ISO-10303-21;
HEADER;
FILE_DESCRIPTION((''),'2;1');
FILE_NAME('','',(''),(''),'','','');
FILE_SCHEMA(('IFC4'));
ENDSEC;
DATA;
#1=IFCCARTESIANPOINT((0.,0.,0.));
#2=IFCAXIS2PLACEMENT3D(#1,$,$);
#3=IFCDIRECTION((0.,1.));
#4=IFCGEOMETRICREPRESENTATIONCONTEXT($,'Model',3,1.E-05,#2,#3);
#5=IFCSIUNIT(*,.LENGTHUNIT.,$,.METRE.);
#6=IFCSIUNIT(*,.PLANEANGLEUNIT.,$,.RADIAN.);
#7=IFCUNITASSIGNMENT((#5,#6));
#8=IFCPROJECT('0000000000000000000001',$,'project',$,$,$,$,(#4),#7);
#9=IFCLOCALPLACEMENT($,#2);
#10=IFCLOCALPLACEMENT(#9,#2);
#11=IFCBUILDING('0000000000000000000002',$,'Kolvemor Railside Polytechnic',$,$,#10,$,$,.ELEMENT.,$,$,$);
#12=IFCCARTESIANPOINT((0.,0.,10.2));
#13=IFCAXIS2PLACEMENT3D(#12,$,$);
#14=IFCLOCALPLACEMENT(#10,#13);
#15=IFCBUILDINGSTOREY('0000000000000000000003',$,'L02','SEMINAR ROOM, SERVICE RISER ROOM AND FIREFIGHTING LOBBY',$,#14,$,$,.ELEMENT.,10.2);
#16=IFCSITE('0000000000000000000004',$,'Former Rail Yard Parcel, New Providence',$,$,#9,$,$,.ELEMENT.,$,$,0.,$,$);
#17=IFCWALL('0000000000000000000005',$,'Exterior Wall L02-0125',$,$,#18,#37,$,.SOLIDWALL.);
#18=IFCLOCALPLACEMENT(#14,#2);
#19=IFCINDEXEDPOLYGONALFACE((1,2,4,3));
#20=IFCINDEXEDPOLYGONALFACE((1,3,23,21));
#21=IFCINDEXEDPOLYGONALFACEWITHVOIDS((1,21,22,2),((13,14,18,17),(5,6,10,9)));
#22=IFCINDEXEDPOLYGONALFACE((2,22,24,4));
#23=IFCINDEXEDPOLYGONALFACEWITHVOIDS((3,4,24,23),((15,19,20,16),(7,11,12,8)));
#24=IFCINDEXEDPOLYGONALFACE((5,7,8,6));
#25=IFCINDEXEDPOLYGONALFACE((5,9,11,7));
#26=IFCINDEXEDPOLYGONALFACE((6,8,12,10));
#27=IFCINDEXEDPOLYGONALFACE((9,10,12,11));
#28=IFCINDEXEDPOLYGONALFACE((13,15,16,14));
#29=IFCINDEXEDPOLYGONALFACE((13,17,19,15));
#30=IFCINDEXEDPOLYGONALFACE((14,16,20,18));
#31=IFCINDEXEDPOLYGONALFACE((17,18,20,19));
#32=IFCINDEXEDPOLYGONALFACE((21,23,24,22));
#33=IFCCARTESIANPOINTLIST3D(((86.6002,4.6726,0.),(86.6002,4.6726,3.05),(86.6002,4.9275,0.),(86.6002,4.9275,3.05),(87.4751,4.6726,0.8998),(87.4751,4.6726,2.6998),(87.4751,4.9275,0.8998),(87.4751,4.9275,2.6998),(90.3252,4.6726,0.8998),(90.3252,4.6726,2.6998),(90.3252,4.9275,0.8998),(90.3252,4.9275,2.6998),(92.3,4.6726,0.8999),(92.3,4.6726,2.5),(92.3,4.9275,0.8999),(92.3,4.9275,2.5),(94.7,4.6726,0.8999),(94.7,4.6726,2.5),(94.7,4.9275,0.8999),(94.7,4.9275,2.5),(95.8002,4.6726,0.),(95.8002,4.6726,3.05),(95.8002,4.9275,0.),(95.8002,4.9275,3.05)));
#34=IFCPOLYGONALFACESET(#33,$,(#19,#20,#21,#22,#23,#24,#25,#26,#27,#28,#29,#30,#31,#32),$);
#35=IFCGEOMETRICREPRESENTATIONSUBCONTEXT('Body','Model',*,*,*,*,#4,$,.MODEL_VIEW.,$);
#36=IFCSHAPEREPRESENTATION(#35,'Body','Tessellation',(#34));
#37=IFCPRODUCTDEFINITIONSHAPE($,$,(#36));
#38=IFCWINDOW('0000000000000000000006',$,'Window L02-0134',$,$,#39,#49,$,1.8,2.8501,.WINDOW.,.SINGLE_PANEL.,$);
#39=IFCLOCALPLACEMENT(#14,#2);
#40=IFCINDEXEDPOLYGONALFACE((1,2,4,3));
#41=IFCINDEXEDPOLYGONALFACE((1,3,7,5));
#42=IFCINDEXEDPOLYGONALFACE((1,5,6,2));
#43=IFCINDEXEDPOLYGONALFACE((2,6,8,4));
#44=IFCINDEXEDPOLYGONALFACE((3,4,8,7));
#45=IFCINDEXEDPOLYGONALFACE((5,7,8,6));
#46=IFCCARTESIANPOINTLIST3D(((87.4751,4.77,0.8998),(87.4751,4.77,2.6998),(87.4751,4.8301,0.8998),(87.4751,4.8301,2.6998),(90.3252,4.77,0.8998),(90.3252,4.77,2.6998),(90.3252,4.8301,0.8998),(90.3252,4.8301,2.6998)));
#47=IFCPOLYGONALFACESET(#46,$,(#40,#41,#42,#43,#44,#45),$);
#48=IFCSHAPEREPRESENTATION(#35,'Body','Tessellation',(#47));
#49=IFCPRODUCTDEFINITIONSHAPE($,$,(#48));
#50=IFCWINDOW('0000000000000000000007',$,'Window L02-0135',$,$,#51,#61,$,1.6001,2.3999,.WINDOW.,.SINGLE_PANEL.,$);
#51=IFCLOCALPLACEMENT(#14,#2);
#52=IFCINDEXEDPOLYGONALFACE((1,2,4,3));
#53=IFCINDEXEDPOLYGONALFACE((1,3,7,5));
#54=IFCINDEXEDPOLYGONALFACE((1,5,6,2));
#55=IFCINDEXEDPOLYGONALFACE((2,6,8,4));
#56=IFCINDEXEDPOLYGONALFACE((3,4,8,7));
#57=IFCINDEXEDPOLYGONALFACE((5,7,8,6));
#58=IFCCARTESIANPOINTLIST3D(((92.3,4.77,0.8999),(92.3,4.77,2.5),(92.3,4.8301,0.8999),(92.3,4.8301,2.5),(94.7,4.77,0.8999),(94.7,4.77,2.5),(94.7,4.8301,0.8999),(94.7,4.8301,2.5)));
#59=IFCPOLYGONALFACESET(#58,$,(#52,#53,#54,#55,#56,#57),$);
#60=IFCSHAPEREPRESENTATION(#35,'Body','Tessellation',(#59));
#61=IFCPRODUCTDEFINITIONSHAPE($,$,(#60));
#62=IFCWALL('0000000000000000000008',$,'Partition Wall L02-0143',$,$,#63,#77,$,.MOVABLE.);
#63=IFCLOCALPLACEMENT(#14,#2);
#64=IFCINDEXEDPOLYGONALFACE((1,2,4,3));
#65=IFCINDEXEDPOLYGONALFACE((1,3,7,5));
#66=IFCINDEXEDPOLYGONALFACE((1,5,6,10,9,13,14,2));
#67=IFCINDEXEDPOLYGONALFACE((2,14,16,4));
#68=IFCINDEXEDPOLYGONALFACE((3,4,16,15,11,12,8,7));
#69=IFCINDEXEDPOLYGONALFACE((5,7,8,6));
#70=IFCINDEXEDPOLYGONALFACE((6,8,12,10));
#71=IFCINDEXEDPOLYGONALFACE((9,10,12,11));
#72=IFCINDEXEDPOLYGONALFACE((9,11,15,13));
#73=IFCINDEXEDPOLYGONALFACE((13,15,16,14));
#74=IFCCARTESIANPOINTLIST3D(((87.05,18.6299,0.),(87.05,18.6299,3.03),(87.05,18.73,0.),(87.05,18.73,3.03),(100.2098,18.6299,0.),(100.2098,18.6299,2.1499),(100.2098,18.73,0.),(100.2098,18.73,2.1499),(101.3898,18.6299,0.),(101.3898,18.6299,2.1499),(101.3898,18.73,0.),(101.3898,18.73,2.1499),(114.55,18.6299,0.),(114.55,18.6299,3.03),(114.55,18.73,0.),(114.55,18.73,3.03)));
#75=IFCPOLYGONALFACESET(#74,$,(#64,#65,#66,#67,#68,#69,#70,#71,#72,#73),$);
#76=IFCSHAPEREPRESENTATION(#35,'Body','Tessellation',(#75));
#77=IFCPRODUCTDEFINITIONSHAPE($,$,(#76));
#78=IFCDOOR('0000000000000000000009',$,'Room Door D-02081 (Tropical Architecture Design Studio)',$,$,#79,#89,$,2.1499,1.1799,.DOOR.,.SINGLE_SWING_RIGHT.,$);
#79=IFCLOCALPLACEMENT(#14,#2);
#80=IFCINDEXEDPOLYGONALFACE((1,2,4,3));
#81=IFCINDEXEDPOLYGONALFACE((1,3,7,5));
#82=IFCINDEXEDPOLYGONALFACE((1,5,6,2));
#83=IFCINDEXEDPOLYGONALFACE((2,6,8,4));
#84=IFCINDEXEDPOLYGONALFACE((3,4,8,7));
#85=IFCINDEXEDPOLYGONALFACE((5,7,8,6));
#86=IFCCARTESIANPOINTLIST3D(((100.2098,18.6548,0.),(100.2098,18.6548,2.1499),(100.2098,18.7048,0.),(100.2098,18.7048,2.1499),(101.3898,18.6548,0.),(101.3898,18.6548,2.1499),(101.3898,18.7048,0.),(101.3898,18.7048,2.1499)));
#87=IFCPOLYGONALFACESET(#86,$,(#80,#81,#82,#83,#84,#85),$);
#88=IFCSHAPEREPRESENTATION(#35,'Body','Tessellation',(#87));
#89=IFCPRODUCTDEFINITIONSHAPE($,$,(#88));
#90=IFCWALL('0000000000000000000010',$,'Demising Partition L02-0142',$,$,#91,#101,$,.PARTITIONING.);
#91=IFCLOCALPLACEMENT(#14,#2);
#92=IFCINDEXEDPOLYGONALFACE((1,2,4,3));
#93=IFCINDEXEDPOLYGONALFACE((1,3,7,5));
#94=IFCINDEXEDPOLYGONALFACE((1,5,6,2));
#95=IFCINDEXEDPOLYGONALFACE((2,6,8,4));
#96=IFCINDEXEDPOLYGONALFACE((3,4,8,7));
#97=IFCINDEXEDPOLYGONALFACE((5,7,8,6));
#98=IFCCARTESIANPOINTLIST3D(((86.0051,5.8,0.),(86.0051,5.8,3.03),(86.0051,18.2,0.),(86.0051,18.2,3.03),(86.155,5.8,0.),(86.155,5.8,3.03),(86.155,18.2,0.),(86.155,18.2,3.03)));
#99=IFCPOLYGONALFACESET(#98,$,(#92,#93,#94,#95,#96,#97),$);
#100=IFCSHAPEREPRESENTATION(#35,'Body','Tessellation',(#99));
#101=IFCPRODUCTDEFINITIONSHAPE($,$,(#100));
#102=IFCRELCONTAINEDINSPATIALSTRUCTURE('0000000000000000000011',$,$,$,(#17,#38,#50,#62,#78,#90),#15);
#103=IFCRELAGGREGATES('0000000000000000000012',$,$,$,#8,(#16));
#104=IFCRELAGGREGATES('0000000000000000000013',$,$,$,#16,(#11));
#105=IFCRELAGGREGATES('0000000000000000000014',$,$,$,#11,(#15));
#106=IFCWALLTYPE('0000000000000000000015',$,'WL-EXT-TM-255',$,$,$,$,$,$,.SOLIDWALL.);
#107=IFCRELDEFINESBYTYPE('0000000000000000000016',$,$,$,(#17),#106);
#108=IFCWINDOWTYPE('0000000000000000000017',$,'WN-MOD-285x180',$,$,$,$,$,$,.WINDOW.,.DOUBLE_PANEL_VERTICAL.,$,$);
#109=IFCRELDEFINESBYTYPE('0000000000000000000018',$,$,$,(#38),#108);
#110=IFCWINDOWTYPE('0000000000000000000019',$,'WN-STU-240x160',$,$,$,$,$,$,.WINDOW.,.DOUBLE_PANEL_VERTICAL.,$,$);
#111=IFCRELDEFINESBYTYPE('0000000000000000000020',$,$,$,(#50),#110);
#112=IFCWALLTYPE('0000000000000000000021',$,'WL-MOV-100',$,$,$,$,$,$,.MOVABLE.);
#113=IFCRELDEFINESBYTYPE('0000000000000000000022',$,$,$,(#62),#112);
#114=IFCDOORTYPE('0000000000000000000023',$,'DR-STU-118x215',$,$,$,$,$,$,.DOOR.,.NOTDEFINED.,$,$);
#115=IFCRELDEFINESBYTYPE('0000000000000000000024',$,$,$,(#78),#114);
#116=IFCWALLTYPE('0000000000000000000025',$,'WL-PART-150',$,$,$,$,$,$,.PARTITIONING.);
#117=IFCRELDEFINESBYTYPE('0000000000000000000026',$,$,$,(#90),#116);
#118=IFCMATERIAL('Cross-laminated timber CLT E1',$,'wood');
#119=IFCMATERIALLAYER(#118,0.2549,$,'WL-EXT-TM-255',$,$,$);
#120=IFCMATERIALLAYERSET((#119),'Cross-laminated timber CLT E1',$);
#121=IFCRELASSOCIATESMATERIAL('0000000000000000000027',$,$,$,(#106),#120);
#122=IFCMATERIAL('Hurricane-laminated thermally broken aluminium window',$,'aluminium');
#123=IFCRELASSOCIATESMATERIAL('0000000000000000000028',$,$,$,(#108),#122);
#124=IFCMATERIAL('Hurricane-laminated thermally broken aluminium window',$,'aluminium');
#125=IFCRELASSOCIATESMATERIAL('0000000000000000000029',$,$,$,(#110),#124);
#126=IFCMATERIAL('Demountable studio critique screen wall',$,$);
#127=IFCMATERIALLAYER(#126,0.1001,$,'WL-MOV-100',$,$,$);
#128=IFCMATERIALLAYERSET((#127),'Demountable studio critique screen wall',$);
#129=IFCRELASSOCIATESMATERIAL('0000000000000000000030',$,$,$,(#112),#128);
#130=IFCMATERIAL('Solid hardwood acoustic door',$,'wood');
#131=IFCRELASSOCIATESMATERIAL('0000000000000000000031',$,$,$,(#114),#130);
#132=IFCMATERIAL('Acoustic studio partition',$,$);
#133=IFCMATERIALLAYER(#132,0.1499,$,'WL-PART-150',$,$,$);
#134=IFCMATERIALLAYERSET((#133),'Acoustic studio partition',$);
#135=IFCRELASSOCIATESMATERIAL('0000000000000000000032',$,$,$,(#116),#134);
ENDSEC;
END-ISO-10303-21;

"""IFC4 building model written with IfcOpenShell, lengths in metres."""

from ifc_helpers import new_model, si_unit, direction, frame, frame_2d, origin, place, context, subcontext, project, spatial, rectangle, extrude, material, layer, layer_set, type_object, element, fill, save


model = new_model("IFC4")

# Units and contexts
model_context = context("Model", 3, precision=1e-05, world=origin(), true_north=direction((0.0, 1.0)))
body_context = subcontext(model_context, "Body", "Model", "MODEL_VIEW")
ifc_project = project(units=[si_unit("LENGTHUNIT", "METRE"), si_unit("PLANEANGLEUNIT", "RADIAN")], contexts=[model_context])

# Site, building, storey
site_placement = place(None, origin())
site = spatial("IfcSite", under=ifc_project, at=site_placement, Name="Former Rail Yard Parcel, New Providence", CompositionType="ELEMENT", RefElevation=0.0)
building_placement = place(site_placement, origin())
building = spatial("IfcBuilding", under=site, at=building_placement, Name="Kolvemor Railside Polytechnic", CompositionType="ELEMENT")
storey_placement = place(building_placement, frame((0.0, 0.0, 10.2)))
storey = spatial("IfcBuildingStorey", under=building, at=storey_placement, Name="L02", Description="SEMINAR ROOM, SERVICE RISER ROOM AND FIREFIGHTING LOBBY", CompositionType="ELEMENT", Elevation=10.2)

# Wall, openings, windows
ifc_material_1 = material(Name="Cross-laminated timber CLT E1", Category="wood")
ifc_layer_1 = layer(ifc_material_1, 0.2549, Name="WL-EXT-TM-255")
ifc_layer_set_1 = layer_set([ifc_layer_1], Name="Cross-laminated timber CLT E1")
wall_type_1 = type_object("IfcWallType", Name="WL-EXT-TM-255", PredefinedType="SOLIDWALL", material=ifc_layer_set_1)
wall_1_placement = place(storey_placement, frame((86.6001, 4.8, 0.0), z_axis=(0.0, 0.0, 1.0), x_axis=(1.0, 0.0, 0.0)))
wall_1 = element("IfcWall", 1, at=wall_1_placement, inside=storey, type_object=wall_type_1, Name="Exterior Wall L02-0125", PredefinedType="SOLIDWALL", context=body_context, shape_type="SweptSolid", body=[
    extrude(rectangle(XDim=9.2, YDim=0.2549, at=frame_2d((4.6001, 0.0))), origin(), (0.0, 0.0, 1.0), 3.05),
])
opening_1_placement = place(wall_1_placement, frame((0.875, 0.0, 0.8999)))
opening_1 = element("IfcOpeningElement", 2, at=opening_1_placement, cuts=wall_1, PredefinedType="OPENING", context=body_context, shape_type="SweptSolid", body=[
    extrude(rectangle(XDim=2.8501, YDim=1.8, at=frame_2d((1.425, 0.8999))), frame((0.0, 0.1375, 0.0), z_axis=(0.0, -1.0, 0.0), x_axis=(1.0, 0.0, 0.0)), (0.0, 0.0, 1.0), 0.2749),
])
opening_2_placement = place(wall_1_placement, frame((5.7, 0.0, 0.8999)))
opening_2 = element("IfcOpeningElement", 3, at=opening_2_placement, cuts=wall_1, PredefinedType="OPENING", context=body_context, shape_type="SweptSolid", body=[
    extrude(rectangle(XDim=2.3999, YDim=1.6001, at=frame_2d((1.2, 0.8))), frame((0.0, 0.1375, 0.0), z_axis=(0.0, -1.0, 0.0), x_axis=(1.0, 0.0, 0.0)), (0.0, 0.0, 1.0), 0.2749),
])
ifc_material_2 = material(Name="Hurricane-laminated thermally broken aluminium window", Category="aluminium")
window_type_1 = type_object("IfcWindowType", Name="WN-MOD-285x180", PartitioningType="DOUBLE_PANEL_VERTICAL", PredefinedType="WINDOW", material=ifc_material_2)
window_1_placement = place(opening_1_placement, origin())
window_1 = element("IfcWindow", 4, at=window_1_placement, inside=storey, type_object=window_type_1, Name="Window L02-0134", OverallHeight=1.8, OverallWidth=2.8501, PartitioningType="SINGLE_PANEL", PredefinedType="WINDOW", context=body_context, shape_type="SweptSolid", body=[
    extrude(rectangle(XDim=2.8501, YDim=1.8, at=frame_2d((1.425, 0.8999))), frame((0.0, 0.03, 0.0), z_axis=(0.0, -1.0, 0.0), x_axis=(1.0, 0.0, 0.0)), (0.0, 0.0, 1.0), 0.0601),
])
fill(opening_1, window_1)
ifc_material_3 = material(Name="Hurricane-laminated thermally broken aluminium window", Category="aluminium")
window_type_2 = type_object("IfcWindowType", Name="WN-STU-240x160", PartitioningType="DOUBLE_PANEL_VERTICAL", PredefinedType="WINDOW", material=ifc_material_3)
window_2_placement = place(opening_2_placement, origin())
window_2 = element("IfcWindow", 5, at=window_2_placement, inside=storey, type_object=window_type_2, Name="Window L02-0135", OverallHeight=1.6001, OverallWidth=2.3999, PartitioningType="SINGLE_PANEL", PredefinedType="WINDOW", context=body_context, shape_type="SweptSolid", body=[
    extrude(rectangle(XDim=2.3999, YDim=1.6001, at=frame_2d((1.2, 0.8))), frame((0.0, 0.03, 0.0), z_axis=(0.0, -1.0, 0.0), x_axis=(1.0, 0.0, 0.0)), (0.0, 0.0, 1.0), 0.0601),
])
fill(opening_2, window_2)

# Wall, opening, door
ifc_material_4 = material(Name="Demountable studio critique screen wall")
ifc_layer_2 = layer(ifc_material_4, 0.1001, Name="WL-MOV-100")
ifc_layer_set_2 = layer_set([ifc_layer_2], Name="Demountable studio critique screen wall")
wall_type_2 = type_object("IfcWallType", Name="WL-MOV-100", PredefinedType="MOVABLE", material=ifc_layer_set_2)
wall_2_placement = place(storey_placement, frame((87.05, 18.6799, 0.0), z_axis=(0.0, 0.0, 1.0), x_axis=(1.0, 0.0, 0.0)))
wall_2 = element("IfcWall", 6, at=wall_2_placement, inside=storey, type_object=wall_type_2, Name="Partition Wall L02-0143", PredefinedType="MOVABLE", context=body_context, shape_type="SweptSolid", body=[
    extrude(rectangle(XDim=27.5, YDim=0.1001, at=frame_2d((13.75, 0.0))), origin(), (0.0, 0.0, 1.0), 3.03),
])
opening_3_placement = place(wall_2_placement, frame((13.1599, 0.0, 0.0)))
opening_3 = element("IfcOpeningElement", 7, at=opening_3_placement, cuts=wall_2, PredefinedType="OPENING", context=body_context, shape_type="SweptSolid", body=[
    extrude(rectangle(XDim=1.1799, YDim=2.1499, at=frame_2d((0.5898, 1.075))), frame((0.0, 0.0601, 0.0), z_axis=(0.0, -1.0, 0.0), x_axis=(1.0, 0.0, 0.0)), (0.0, 0.0, 1.0), 0.1201),
])
ifc_material_5 = material(Name="Solid hardwood acoustic door", Category="wood")
door_type_1 = type_object("IfcDoorType", Name="DR-STU-118x215", OperationType="NOTDEFINED", PredefinedType="DOOR", material=ifc_material_5)
door_1_placement = place(opening_3_placement, origin())
door_1 = element("IfcDoor", 8, at=door_1_placement, inside=storey, type_object=door_type_1, Name="Room Door D-02081 (Tropical Architecture Design Studio)", OperationType="SINGLE_SWING_RIGHT", OverallHeight=2.1499, OverallWidth=1.1799, PredefinedType="DOOR", context=body_context, shape_type="SweptSolid", body=[
    extrude(rectangle(XDim=1.1799, YDim=2.1499, at=frame_2d((0.5898, 1.075))), frame((0.0, 0.0249, 0.0), z_axis=(0.0, -1.0, 0.0), x_axis=(1.0, 0.0, 0.0)), (0.0, 0.0, 1.0), 0.05),
])
fill(opening_3, door_1)

# Wall
ifc_material_6 = material(Name="Acoustic studio partition")
ifc_layer_3 = layer(ifc_material_6, 0.1499, Name="WL-PART-150")
ifc_layer_set_3 = layer_set([ifc_layer_3], Name="Acoustic studio partition")
wall_type_3 = type_object("IfcWallType", Name="WL-PART-150", PredefinedType="PARTITIONING", material=ifc_layer_set_3)
wall_3_placement = place(storey_placement, frame((86.0801, 5.8, 0.0), z_axis=(0.0, 0.0, 1.0), x_axis=(0.0, 1.0, 0.0)))
element("IfcWall", 9, at=wall_3_placement, inside=storey, type_object=wall_type_3, Name="Demising Partition L02-0142", PredefinedType="PARTITIONING", context=body_context, shape_type="SweptSolid", body=[
    extrude(rectangle(XDim=12.3999, YDim=0.1499, at=frame_2d((6.2, 0.0))), origin(), (0.0, 0.0, 1.0), 3.03),
])

save(model, "model.ifc")
